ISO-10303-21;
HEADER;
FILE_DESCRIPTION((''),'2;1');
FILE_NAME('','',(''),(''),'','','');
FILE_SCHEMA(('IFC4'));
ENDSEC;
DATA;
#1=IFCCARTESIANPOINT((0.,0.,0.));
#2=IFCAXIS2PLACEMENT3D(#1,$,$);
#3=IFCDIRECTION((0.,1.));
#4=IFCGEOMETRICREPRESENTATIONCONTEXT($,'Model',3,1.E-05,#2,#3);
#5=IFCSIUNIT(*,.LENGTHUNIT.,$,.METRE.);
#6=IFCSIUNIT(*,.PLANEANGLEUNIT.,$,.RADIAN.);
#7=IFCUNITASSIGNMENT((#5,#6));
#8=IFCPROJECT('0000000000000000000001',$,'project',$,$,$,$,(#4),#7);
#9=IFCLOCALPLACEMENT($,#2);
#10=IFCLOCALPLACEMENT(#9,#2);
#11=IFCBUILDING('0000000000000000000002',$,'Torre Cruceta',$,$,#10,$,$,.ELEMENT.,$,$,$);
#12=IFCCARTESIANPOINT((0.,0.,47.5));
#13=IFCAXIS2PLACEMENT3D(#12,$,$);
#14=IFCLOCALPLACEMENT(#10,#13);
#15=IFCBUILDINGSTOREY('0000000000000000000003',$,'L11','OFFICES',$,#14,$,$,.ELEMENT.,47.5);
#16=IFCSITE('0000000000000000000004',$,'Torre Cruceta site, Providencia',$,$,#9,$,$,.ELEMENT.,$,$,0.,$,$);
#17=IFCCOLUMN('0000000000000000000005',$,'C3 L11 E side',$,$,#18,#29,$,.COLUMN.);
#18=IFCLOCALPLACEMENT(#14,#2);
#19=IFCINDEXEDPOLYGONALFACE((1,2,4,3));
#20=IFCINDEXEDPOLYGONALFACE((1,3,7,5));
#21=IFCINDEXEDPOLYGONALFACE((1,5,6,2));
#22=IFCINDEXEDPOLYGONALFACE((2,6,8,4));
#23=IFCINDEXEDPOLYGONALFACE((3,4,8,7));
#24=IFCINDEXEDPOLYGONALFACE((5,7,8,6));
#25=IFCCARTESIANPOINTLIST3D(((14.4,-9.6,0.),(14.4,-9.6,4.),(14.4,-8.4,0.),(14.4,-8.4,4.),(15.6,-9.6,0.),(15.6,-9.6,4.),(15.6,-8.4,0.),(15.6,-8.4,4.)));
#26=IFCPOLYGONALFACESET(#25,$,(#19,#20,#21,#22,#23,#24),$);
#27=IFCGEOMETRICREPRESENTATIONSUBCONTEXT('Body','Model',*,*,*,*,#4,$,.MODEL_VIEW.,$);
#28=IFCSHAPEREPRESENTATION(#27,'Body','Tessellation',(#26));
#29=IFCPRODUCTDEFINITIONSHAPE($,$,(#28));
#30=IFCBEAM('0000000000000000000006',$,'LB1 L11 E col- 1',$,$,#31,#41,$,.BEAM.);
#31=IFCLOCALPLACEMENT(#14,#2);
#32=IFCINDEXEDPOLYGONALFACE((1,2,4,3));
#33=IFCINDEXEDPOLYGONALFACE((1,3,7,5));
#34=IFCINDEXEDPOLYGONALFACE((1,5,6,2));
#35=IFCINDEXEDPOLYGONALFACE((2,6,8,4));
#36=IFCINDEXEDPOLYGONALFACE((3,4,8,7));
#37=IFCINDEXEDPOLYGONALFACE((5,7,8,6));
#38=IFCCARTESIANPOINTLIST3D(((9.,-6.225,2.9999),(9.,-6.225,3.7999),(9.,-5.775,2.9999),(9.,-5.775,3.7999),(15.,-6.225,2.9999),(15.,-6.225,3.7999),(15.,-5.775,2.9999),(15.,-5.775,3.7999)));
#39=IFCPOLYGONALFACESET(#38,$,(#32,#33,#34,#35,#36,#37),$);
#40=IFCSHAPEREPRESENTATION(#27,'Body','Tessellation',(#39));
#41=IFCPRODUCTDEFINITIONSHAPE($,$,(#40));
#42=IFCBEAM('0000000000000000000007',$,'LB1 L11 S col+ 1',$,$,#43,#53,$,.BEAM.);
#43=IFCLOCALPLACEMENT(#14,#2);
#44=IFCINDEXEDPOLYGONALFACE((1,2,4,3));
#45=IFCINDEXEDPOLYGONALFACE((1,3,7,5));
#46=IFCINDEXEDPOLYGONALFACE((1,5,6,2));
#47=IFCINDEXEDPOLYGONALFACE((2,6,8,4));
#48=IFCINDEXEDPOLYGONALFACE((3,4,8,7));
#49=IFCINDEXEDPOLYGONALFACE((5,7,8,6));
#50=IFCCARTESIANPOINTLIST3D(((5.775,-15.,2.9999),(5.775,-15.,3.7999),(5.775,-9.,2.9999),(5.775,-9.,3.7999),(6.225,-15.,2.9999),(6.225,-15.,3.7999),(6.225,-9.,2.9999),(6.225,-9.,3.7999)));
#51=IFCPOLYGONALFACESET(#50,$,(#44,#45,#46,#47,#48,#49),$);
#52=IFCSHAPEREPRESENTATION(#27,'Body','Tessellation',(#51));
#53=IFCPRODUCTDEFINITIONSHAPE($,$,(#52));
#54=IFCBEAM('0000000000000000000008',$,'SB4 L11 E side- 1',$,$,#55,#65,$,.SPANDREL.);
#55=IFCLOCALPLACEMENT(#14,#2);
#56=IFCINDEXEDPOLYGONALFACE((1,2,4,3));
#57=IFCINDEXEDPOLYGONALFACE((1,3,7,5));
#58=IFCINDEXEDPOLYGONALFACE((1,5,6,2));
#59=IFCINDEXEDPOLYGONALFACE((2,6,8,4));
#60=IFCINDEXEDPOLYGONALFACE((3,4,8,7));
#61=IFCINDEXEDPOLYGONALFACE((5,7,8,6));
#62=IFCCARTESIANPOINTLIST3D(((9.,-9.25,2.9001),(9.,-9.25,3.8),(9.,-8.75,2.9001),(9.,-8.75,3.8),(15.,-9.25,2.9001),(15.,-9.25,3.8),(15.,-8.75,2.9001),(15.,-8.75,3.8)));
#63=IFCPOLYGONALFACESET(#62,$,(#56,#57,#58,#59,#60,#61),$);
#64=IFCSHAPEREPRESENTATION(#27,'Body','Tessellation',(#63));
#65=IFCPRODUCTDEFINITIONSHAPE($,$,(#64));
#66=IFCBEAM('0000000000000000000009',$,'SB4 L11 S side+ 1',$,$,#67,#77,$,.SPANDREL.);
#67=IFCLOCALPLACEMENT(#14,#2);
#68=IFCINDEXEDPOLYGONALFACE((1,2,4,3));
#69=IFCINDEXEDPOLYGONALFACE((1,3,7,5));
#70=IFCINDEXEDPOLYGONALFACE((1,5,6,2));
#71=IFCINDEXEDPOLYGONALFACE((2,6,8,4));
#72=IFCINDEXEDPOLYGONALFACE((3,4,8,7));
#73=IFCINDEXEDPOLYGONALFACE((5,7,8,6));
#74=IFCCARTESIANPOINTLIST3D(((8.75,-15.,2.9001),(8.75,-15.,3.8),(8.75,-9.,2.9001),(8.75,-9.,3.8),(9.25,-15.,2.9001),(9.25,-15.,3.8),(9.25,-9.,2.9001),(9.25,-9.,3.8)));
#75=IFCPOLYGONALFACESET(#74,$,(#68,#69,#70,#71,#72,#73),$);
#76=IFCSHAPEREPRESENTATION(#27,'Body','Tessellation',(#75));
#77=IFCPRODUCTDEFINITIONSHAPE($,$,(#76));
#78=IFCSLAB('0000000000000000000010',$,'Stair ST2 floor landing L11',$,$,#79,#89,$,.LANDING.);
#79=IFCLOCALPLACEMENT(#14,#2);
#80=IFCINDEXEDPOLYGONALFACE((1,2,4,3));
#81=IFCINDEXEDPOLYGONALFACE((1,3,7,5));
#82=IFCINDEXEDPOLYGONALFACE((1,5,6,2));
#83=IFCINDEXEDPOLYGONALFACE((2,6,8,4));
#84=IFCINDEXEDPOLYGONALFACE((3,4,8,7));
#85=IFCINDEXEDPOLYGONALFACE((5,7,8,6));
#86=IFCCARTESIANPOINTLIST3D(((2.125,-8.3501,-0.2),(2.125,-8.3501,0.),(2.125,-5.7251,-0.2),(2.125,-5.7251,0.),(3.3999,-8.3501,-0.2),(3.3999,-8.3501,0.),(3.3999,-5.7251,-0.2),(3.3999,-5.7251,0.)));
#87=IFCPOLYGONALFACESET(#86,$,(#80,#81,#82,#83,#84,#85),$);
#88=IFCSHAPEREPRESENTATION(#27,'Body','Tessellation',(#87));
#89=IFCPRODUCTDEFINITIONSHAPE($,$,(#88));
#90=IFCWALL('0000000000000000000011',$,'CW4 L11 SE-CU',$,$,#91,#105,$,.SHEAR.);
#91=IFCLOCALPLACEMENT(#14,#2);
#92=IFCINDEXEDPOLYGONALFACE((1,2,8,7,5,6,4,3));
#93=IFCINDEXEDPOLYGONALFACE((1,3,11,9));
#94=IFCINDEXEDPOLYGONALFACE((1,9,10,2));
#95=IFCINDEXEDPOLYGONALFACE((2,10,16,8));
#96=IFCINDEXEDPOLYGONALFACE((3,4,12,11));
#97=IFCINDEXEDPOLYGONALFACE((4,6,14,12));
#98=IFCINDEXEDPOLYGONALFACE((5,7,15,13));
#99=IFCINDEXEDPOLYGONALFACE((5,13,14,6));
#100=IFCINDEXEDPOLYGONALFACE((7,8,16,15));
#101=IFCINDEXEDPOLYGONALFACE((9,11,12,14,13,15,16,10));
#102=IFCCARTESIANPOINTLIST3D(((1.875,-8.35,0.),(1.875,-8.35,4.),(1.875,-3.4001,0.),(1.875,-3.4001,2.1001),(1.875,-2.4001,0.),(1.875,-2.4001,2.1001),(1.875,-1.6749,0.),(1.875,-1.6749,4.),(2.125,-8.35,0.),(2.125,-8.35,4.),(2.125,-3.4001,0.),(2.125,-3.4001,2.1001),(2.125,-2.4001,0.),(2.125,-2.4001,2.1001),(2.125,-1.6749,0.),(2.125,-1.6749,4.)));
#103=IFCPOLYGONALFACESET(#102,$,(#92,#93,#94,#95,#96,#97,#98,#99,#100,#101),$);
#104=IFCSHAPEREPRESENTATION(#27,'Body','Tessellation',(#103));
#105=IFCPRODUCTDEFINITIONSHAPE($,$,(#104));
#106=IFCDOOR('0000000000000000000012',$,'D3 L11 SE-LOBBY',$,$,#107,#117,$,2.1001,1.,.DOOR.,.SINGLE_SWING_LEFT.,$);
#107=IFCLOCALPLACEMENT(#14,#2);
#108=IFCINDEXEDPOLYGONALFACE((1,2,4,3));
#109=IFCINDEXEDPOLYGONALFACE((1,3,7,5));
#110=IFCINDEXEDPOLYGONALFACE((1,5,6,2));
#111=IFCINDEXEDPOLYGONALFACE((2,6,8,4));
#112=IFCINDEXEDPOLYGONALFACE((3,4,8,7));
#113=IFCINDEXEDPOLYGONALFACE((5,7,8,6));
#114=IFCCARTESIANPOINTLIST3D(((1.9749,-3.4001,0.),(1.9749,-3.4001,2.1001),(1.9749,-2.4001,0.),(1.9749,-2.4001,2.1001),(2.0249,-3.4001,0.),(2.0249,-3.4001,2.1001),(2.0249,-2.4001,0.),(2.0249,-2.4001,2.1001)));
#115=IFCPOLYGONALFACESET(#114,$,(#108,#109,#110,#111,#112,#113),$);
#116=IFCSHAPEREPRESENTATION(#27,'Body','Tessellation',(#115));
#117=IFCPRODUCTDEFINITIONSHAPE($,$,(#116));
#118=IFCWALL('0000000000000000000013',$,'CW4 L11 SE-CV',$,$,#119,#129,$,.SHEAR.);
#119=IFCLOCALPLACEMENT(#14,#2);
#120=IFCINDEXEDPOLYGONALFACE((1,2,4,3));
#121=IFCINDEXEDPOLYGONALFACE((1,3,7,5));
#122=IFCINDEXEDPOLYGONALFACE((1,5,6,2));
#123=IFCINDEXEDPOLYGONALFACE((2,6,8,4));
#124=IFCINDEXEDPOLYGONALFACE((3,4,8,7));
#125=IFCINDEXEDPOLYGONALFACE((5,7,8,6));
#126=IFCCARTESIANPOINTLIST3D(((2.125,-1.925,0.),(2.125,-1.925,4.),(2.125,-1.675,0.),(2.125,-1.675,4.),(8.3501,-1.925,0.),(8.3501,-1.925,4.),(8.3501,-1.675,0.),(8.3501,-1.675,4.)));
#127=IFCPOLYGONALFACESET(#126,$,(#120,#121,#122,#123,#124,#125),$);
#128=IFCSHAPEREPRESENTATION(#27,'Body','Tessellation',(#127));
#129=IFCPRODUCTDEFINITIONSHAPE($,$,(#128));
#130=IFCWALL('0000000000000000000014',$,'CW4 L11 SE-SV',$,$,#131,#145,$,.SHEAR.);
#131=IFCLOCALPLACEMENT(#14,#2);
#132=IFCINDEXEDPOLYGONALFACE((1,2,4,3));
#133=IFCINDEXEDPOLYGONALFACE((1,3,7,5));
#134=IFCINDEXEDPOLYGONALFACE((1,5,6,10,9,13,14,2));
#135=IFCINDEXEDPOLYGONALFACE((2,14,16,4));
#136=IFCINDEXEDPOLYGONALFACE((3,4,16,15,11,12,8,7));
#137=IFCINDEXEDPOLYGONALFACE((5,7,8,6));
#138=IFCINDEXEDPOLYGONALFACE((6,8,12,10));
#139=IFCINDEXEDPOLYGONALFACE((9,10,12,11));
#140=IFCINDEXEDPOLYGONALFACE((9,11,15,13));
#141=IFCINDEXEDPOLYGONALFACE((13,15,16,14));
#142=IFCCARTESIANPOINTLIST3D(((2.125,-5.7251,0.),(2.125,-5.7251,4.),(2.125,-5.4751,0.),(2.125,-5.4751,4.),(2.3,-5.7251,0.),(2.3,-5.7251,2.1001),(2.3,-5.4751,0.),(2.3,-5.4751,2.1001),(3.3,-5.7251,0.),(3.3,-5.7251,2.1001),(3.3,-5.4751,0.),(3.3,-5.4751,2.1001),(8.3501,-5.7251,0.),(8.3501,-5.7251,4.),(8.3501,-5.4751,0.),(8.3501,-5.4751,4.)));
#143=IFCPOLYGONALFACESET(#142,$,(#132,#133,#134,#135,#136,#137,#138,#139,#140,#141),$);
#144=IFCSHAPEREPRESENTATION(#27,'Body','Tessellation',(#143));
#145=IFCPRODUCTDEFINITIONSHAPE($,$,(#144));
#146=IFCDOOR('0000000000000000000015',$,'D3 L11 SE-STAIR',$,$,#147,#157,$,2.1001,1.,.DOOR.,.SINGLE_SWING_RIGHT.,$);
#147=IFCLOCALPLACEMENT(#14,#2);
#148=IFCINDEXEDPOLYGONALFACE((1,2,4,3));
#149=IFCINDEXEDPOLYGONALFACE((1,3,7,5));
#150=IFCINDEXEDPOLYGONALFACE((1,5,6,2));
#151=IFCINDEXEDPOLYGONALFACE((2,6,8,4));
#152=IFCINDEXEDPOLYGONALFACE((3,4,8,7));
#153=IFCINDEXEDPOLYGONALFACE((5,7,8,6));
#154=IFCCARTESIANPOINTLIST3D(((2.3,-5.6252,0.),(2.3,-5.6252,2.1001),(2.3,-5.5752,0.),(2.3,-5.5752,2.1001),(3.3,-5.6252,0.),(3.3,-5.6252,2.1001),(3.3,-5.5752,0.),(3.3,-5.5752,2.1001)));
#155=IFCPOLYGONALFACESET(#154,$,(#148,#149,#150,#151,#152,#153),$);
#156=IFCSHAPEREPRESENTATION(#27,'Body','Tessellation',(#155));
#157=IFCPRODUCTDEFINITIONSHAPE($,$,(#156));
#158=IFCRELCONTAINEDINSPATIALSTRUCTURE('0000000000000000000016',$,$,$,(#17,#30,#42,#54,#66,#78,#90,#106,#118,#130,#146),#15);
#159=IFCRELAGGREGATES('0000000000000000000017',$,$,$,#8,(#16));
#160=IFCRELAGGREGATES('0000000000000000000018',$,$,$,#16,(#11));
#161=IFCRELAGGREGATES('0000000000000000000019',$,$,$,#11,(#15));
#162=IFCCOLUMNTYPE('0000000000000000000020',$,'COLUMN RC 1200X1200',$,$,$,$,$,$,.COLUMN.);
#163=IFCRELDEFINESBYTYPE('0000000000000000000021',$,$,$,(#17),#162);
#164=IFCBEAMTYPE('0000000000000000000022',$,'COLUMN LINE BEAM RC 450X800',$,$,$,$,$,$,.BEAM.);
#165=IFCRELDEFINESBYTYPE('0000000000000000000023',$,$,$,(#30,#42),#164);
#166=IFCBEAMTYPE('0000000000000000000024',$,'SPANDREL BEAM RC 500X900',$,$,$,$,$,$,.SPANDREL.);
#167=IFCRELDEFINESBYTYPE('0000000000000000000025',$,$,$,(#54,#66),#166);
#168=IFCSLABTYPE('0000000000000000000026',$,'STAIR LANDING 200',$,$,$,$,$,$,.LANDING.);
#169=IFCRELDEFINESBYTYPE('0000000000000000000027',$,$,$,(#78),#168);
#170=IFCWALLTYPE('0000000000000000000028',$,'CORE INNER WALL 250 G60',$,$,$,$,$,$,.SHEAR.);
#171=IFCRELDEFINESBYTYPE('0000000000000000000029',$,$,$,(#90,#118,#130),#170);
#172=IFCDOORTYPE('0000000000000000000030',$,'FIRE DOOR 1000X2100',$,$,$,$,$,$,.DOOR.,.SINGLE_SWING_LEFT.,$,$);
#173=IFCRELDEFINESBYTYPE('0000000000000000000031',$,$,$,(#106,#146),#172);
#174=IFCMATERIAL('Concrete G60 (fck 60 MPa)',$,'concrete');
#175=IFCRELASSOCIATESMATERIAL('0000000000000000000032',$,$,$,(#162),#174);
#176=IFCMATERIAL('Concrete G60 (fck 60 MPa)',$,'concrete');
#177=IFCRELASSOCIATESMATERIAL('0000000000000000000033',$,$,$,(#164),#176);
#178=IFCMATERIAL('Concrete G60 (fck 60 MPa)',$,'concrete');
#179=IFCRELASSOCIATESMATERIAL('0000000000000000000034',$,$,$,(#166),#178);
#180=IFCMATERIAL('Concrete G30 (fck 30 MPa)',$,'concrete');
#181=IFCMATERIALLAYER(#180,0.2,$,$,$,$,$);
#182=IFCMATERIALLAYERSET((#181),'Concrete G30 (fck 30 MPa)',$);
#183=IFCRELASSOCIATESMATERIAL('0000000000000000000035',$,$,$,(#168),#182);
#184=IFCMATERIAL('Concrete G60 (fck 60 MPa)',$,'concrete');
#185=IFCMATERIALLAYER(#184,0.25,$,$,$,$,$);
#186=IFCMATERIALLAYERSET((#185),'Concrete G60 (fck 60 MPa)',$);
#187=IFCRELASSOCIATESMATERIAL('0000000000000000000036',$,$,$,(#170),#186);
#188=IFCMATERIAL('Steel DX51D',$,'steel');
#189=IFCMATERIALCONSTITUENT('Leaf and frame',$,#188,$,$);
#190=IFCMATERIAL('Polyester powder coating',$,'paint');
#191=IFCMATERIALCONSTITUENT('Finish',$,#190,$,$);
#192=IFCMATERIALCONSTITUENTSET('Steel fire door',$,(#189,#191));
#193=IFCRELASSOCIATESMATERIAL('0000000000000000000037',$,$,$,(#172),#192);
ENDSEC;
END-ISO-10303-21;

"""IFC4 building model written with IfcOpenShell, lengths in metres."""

from ifc_helpers import new_model, si_unit, direction, frame, frame_2d, origin, origin_2d, place, context, subcontext, project, spatial, polyline, rectangle, outline, extrude, material, layer, layer_set, constituent, constituent_set, material_profile, profile_set, type_object, element, fill, save


model = new_model("IFC4")

# Units and contexts
model_context = context("Model", 3, precision=1e-05, world=origin(), true_north=direction((0.0, 1.0)))
body_context = subcontext(model_context, "Body", "Model", "MODEL_VIEW")
ifc_project = project(units=[si_unit("LENGTHUNIT", "METRE"), si_unit("PLANEANGLEUNIT", "RADIAN")], contexts=[model_context])

# Site, building, storey
site_placement = place(None, origin())
site = spatial("IfcSite", under=ifc_project, at=site_placement, Name="Torre Cruceta site, Providencia", CompositionType="ELEMENT", RefElevation=0.0)
building_placement = place(site_placement, origin())
building = spatial("IfcBuilding", under=site, at=building_placement, Name="Torre Cruceta", CompositionType="ELEMENT")
storey_placement = place(building_placement, frame((0.0, 0.0, 47.5)))
storey = spatial("IfcBuildingStorey", under=building, at=storey_placement, Name="L11", Description="OFFICES", CompositionType="ELEMENT", Elevation=47.5)

# Column
ifc_material_1 = material(Name="Concrete G60 (fck 60 MPa)", Category="concrete")
ifc_material_profile_1 = material_profile(ifc_material_1, rectangle(XDim=1.2, YDim=1.2, at=origin_2d()), Name="RC 1200X1200")
ifc_profile_set_1 = profile_set([ifc_material_profile_1], Name="Concrete G60 (fck 60 MPa)")
column_type = type_object("IfcColumnType", Name="COLUMN RC 1200X1200", PredefinedType="COLUMN", material=ifc_profile_set_1)
column_placement = place(storey_placement, frame((15.0, -9.0, 0.0), z_axis=(0.0, 0.0, 1.0), x_axis=(1.0, 0.0, 0.0)))
element("IfcColumn", 1, at=column_placement, inside=storey, type_object=column_type, Name="C3 L11 E side", PredefinedType="COLUMN", context=body_context, shape_type="SweptSolid", body=[
    extrude(rectangle(XDim=1.2, YDim=1.2, at=origin_2d()), origin(), (0.0, 0.0, 1.0), 4.0),
])

# Beams
ifc_material_2 = material(Name="Concrete G60 (fck 60 MPa)", Category="concrete")
ifc_material_profile_2 = material_profile(ifc_material_2, rectangle(XDim=0.45, YDim=0.8, at=origin_2d()), Name="RC 450X800")
ifc_profile_set_2 = profile_set([ifc_material_profile_2], Name="Concrete G60 (fck 60 MPa)")
beam_type_1 = type_object("IfcBeamType", Name="COLUMN LINE BEAM RC 450X800", PredefinedType="BEAM", material=ifc_profile_set_2)
for number, where, z_axis, x_axis, name in (
    (2, (9.0, -6.0, 3.3999), (1.0, 0.0, 0.0), (0.0, 1.0, 0.0), "LB1 L11 E col- 1"),
    (3, (6.0, -9.0, 3.3999), (0.0, -1.0, 0.0), (1.0, 0.0, 0.0), "LB1 L11 S col+ 1"),
):
    element("IfcBeam", number, at=place(storey_placement, frame(where, z_axis=z_axis, x_axis=x_axis)), inside=storey, type_object=beam_type_1, Name=name, PredefinedType="BEAM", context=body_context, shape_type="SweptSolid", body=[
        extrude(rectangle(XDim=0.45, YDim=0.8, at=origin_2d()), origin(), (0.0, 0.0, 1.0), 6.0),
    ])
ifc_material_3 = material(Name="Concrete G60 (fck 60 MPa)", Category="concrete")
ifc_material_profile_3 = material_profile(ifc_material_3, rectangle(XDim=0.5, YDim=0.8999, at=origin_2d()), Name="RC 500X900")
ifc_profile_set_3 = profile_set([ifc_material_profile_3], Name="Concrete G60 (fck 60 MPa)")
beam_type_2 = type_object("IfcBeamType", Name="SPANDREL BEAM RC 500X900", PredefinedType="SPANDREL", material=ifc_profile_set_3)
for number, where, z_axis, x_axis, name in (
    (4, (9.0, -9.0, 3.3501), (1.0, 0.0, 0.0), (0.0, 1.0, 0.0), "SB4 L11 E side- 1"),
    (5, (9.0, -9.0, 3.3501), (0.0, -1.0, 0.0), (1.0, 0.0, 0.0), "SB4 L11 S side+ 1"),
):
    element("IfcBeam", number, at=place(storey_placement, frame(where, z_axis=z_axis, x_axis=x_axis)), inside=storey, type_object=beam_type_2, Name=name, PredefinedType="SPANDREL", context=body_context, shape_type="SweptSolid", body=[
        extrude(rectangle(XDim=0.5, YDim=0.8999, at=origin_2d()), origin(), (0.0, 0.0, 1.0), 6.0),
    ])

# Slab
ifc_material_4 = material(Name="Concrete G30 (fck 30 MPa)", Category="concrete")
ifc_layer_1 = layer(ifc_material_4, 0.2)
ifc_layer_set_1 = layer_set([ifc_layer_1], Name="Concrete G30 (fck 30 MPa)")
slab_type = type_object("IfcSlabType", Name="STAIR LANDING 200", PredefinedType="LANDING", material=ifc_layer_set_1)
slab_placement = place(storey_placement, frame((0.0, 0.0, -0.2)))
element("IfcSlab", 6, at=slab_placement, inside=storey, type_object=slab_type, Name="Stair ST2 floor landing L11", PredefinedType="LANDING", context=body_context, shape_type="SweptSolid", body=[
    extrude(outline(polyline([(2.125, -8.3501), (2.125, -5.7251), (3.3999, -5.7251), (3.3999, -8.3501), (2.125, -8.3501)])), origin(), (0.0, 0.0, 1.0), 0.2),
])

# Wall, opening, door
ifc_material_5 = material(Name="Concrete G60 (fck 60 MPa)", Category="concrete")
ifc_layer_2 = layer(ifc_material_5, 0.25)
ifc_layer_set_2 = layer_set([ifc_layer_2], Name="Concrete G60 (fck 60 MPa)")
wall_type_1 = type_object("IfcWallType", Name="CORE INNER WALL 250 G60", PredefinedType="SHEAR", material=ifc_layer_set_2)
wall_1_placement = place(storey_placement, frame((2.0, -1.675, 0.0), z_axis=(0.0, 0.0, 1.0), x_axis=(0.0, -1.0, 0.0)))
wall_1 = element("IfcWall", 7, at=wall_1_placement, inside=storey, type_object=wall_type_1, Name="CW4 L11 SE-CU", PredefinedType="SHEAR", context=body_context, shape_type="SweptSolid", body=[
    extrude(rectangle(XDim=6.675, YDim=0.25, at=frame_2d((3.3374, 0.0))), origin(), (0.0, 0.0, 1.0), 4.0),
])
opening_1_placement = place(wall_1_placement, frame((0.7251, 0.0, 0.0)))
opening_1 = element("IfcOpeningElement", 8, at=opening_1_placement, cuts=wall_1, PredefinedType="OPENING", context=body_context, shape_type="SweptSolid", body=[
    extrude(rectangle(XDim=1.0, YDim=2.1001, at=frame_2d((0.5, 1.05))), frame((0.0, 0.135, 0.0), z_axis=(0.0, -1.0, 0.0), x_axis=(1.0, 0.0, 0.0)), (0.0, 0.0, 1.0), 0.27),
])
ifc_material_6 = material(Name="Steel DX51D", Category="steel")
ifc_constituent_1 = constituent(ifc_material_6, Name="Leaf and frame")
ifc_material_7 = material(Name="Polyester powder coating", Category="paint")
ifc_constituent_2 = constituent(ifc_material_7, Name="Finish")
ifc_constituent_set_1 = constituent_set(constituents=[ifc_constituent_1, ifc_constituent_2], Name="Steel fire door")
door_type_1 = type_object("IfcDoorType", Name="FIRE DOOR 1000X2100", OperationType="SINGLE_SWING_LEFT", PredefinedType="DOOR", material=ifc_constituent_set_1)
door_1_placement = place(opening_1_placement, origin())
door_1 = element("IfcDoor", 9, at=door_1_placement, inside=storey, type_object=door_type_1, Name="D3 L11 SE-LOBBY", OperationType="SINGLE_SWING_LEFT", OverallHeight=2.1001, OverallWidth=1.0, PredefinedType="DOOR", context=body_context, shape_type="SweptSolid", body=[
    extrude(rectangle(XDim=1.0, YDim=2.1001, at=frame_2d((0.5, 1.05))), frame((0.0, 0.0249, 0.0), z_axis=(0.0, -1.0, 0.0), x_axis=(1.0, 0.0, 0.0)), (0.0, 0.0, 1.0), 0.05),
])
fill(opening_1, door_1)

# Wall
wall_2_placement = place(storey_placement, frame((2.125, -1.8, 0.0), z_axis=(0.0, 0.0, 1.0), x_axis=(1.0, 0.0, 0.0)))
element("IfcWall", 10, at=wall_2_placement, inside=storey, type_object=wall_type_1, Name="CW4 L11 SE-CV", PredefinedType="SHEAR", context=body_context, shape_type="SweptSolid", body=[
    extrude(rectangle(XDim=6.2251, YDim=0.25, at=frame_2d((3.1125, 0.0))), origin(), (0.0, 0.0, 1.0), 4.0),
])

# Wall, opening, door
wall_3_placement = place(storey_placement, frame((2.125, -5.6001, 0.0), z_axis=(0.0, 0.0, 1.0), x_axis=(1.0, 0.0, 0.0)))
wall_3 = element("IfcWall", 11, at=wall_3_placement, inside=storey, type_object=wall_type_1, Name="CW4 L11 SE-SV", PredefinedType="SHEAR", context=body_context, shape_type="SweptSolid", body=[
    extrude(rectangle(XDim=6.2251, YDim=0.25, at=frame_2d((3.1125, 0.0))), origin(), (0.0, 0.0, 1.0), 4.0),
])
opening_2_placement = place(wall_3_placement, frame((0.175, 0.0, 0.0)))
opening_2 = element("IfcOpeningElement", 12, at=opening_2_placement, cuts=wall_3, PredefinedType="OPENING", context=body_context, shape_type="SweptSolid", body=[
    extrude(rectangle(XDim=1.0, YDim=2.1001, at=frame_2d((0.5, 1.05))), frame((0.0, 0.135, 0.0), z_axis=(0.0, -1.0, 0.0), x_axis=(1.0, 0.0, 0.0)), (0.0, 0.0, 1.0), 0.27),
])
door_2_placement = place(opening_2_placement, frame((1.0, 0.0, 0.0), z_axis=(0.0, 0.0, 1.0), x_axis=(-1.0, 0.0, 0.0)))
door_2 = element("IfcDoor", 13, at=door_2_placement, inside=storey, type_object=door_type_1, Name="D3 L11 SE-STAIR", OperationType="SINGLE_SWING_RIGHT", OverallHeight=2.1001, OverallWidth=1.0, PredefinedType="DOOR", context=body_context, shape_type="SweptSolid", body=[
    extrude(rectangle(XDim=1.0, YDim=2.1001, at=frame_2d((0.5, 1.05))), frame((0.0, 0.0251, 0.0), z_axis=(0.0, -1.0, 0.0), x_axis=(1.0, 0.0, 0.0)), (0.0, 0.0, 1.0), 0.05),
])
fill(opening_2, door_2)

save(model, "model.ifc")
